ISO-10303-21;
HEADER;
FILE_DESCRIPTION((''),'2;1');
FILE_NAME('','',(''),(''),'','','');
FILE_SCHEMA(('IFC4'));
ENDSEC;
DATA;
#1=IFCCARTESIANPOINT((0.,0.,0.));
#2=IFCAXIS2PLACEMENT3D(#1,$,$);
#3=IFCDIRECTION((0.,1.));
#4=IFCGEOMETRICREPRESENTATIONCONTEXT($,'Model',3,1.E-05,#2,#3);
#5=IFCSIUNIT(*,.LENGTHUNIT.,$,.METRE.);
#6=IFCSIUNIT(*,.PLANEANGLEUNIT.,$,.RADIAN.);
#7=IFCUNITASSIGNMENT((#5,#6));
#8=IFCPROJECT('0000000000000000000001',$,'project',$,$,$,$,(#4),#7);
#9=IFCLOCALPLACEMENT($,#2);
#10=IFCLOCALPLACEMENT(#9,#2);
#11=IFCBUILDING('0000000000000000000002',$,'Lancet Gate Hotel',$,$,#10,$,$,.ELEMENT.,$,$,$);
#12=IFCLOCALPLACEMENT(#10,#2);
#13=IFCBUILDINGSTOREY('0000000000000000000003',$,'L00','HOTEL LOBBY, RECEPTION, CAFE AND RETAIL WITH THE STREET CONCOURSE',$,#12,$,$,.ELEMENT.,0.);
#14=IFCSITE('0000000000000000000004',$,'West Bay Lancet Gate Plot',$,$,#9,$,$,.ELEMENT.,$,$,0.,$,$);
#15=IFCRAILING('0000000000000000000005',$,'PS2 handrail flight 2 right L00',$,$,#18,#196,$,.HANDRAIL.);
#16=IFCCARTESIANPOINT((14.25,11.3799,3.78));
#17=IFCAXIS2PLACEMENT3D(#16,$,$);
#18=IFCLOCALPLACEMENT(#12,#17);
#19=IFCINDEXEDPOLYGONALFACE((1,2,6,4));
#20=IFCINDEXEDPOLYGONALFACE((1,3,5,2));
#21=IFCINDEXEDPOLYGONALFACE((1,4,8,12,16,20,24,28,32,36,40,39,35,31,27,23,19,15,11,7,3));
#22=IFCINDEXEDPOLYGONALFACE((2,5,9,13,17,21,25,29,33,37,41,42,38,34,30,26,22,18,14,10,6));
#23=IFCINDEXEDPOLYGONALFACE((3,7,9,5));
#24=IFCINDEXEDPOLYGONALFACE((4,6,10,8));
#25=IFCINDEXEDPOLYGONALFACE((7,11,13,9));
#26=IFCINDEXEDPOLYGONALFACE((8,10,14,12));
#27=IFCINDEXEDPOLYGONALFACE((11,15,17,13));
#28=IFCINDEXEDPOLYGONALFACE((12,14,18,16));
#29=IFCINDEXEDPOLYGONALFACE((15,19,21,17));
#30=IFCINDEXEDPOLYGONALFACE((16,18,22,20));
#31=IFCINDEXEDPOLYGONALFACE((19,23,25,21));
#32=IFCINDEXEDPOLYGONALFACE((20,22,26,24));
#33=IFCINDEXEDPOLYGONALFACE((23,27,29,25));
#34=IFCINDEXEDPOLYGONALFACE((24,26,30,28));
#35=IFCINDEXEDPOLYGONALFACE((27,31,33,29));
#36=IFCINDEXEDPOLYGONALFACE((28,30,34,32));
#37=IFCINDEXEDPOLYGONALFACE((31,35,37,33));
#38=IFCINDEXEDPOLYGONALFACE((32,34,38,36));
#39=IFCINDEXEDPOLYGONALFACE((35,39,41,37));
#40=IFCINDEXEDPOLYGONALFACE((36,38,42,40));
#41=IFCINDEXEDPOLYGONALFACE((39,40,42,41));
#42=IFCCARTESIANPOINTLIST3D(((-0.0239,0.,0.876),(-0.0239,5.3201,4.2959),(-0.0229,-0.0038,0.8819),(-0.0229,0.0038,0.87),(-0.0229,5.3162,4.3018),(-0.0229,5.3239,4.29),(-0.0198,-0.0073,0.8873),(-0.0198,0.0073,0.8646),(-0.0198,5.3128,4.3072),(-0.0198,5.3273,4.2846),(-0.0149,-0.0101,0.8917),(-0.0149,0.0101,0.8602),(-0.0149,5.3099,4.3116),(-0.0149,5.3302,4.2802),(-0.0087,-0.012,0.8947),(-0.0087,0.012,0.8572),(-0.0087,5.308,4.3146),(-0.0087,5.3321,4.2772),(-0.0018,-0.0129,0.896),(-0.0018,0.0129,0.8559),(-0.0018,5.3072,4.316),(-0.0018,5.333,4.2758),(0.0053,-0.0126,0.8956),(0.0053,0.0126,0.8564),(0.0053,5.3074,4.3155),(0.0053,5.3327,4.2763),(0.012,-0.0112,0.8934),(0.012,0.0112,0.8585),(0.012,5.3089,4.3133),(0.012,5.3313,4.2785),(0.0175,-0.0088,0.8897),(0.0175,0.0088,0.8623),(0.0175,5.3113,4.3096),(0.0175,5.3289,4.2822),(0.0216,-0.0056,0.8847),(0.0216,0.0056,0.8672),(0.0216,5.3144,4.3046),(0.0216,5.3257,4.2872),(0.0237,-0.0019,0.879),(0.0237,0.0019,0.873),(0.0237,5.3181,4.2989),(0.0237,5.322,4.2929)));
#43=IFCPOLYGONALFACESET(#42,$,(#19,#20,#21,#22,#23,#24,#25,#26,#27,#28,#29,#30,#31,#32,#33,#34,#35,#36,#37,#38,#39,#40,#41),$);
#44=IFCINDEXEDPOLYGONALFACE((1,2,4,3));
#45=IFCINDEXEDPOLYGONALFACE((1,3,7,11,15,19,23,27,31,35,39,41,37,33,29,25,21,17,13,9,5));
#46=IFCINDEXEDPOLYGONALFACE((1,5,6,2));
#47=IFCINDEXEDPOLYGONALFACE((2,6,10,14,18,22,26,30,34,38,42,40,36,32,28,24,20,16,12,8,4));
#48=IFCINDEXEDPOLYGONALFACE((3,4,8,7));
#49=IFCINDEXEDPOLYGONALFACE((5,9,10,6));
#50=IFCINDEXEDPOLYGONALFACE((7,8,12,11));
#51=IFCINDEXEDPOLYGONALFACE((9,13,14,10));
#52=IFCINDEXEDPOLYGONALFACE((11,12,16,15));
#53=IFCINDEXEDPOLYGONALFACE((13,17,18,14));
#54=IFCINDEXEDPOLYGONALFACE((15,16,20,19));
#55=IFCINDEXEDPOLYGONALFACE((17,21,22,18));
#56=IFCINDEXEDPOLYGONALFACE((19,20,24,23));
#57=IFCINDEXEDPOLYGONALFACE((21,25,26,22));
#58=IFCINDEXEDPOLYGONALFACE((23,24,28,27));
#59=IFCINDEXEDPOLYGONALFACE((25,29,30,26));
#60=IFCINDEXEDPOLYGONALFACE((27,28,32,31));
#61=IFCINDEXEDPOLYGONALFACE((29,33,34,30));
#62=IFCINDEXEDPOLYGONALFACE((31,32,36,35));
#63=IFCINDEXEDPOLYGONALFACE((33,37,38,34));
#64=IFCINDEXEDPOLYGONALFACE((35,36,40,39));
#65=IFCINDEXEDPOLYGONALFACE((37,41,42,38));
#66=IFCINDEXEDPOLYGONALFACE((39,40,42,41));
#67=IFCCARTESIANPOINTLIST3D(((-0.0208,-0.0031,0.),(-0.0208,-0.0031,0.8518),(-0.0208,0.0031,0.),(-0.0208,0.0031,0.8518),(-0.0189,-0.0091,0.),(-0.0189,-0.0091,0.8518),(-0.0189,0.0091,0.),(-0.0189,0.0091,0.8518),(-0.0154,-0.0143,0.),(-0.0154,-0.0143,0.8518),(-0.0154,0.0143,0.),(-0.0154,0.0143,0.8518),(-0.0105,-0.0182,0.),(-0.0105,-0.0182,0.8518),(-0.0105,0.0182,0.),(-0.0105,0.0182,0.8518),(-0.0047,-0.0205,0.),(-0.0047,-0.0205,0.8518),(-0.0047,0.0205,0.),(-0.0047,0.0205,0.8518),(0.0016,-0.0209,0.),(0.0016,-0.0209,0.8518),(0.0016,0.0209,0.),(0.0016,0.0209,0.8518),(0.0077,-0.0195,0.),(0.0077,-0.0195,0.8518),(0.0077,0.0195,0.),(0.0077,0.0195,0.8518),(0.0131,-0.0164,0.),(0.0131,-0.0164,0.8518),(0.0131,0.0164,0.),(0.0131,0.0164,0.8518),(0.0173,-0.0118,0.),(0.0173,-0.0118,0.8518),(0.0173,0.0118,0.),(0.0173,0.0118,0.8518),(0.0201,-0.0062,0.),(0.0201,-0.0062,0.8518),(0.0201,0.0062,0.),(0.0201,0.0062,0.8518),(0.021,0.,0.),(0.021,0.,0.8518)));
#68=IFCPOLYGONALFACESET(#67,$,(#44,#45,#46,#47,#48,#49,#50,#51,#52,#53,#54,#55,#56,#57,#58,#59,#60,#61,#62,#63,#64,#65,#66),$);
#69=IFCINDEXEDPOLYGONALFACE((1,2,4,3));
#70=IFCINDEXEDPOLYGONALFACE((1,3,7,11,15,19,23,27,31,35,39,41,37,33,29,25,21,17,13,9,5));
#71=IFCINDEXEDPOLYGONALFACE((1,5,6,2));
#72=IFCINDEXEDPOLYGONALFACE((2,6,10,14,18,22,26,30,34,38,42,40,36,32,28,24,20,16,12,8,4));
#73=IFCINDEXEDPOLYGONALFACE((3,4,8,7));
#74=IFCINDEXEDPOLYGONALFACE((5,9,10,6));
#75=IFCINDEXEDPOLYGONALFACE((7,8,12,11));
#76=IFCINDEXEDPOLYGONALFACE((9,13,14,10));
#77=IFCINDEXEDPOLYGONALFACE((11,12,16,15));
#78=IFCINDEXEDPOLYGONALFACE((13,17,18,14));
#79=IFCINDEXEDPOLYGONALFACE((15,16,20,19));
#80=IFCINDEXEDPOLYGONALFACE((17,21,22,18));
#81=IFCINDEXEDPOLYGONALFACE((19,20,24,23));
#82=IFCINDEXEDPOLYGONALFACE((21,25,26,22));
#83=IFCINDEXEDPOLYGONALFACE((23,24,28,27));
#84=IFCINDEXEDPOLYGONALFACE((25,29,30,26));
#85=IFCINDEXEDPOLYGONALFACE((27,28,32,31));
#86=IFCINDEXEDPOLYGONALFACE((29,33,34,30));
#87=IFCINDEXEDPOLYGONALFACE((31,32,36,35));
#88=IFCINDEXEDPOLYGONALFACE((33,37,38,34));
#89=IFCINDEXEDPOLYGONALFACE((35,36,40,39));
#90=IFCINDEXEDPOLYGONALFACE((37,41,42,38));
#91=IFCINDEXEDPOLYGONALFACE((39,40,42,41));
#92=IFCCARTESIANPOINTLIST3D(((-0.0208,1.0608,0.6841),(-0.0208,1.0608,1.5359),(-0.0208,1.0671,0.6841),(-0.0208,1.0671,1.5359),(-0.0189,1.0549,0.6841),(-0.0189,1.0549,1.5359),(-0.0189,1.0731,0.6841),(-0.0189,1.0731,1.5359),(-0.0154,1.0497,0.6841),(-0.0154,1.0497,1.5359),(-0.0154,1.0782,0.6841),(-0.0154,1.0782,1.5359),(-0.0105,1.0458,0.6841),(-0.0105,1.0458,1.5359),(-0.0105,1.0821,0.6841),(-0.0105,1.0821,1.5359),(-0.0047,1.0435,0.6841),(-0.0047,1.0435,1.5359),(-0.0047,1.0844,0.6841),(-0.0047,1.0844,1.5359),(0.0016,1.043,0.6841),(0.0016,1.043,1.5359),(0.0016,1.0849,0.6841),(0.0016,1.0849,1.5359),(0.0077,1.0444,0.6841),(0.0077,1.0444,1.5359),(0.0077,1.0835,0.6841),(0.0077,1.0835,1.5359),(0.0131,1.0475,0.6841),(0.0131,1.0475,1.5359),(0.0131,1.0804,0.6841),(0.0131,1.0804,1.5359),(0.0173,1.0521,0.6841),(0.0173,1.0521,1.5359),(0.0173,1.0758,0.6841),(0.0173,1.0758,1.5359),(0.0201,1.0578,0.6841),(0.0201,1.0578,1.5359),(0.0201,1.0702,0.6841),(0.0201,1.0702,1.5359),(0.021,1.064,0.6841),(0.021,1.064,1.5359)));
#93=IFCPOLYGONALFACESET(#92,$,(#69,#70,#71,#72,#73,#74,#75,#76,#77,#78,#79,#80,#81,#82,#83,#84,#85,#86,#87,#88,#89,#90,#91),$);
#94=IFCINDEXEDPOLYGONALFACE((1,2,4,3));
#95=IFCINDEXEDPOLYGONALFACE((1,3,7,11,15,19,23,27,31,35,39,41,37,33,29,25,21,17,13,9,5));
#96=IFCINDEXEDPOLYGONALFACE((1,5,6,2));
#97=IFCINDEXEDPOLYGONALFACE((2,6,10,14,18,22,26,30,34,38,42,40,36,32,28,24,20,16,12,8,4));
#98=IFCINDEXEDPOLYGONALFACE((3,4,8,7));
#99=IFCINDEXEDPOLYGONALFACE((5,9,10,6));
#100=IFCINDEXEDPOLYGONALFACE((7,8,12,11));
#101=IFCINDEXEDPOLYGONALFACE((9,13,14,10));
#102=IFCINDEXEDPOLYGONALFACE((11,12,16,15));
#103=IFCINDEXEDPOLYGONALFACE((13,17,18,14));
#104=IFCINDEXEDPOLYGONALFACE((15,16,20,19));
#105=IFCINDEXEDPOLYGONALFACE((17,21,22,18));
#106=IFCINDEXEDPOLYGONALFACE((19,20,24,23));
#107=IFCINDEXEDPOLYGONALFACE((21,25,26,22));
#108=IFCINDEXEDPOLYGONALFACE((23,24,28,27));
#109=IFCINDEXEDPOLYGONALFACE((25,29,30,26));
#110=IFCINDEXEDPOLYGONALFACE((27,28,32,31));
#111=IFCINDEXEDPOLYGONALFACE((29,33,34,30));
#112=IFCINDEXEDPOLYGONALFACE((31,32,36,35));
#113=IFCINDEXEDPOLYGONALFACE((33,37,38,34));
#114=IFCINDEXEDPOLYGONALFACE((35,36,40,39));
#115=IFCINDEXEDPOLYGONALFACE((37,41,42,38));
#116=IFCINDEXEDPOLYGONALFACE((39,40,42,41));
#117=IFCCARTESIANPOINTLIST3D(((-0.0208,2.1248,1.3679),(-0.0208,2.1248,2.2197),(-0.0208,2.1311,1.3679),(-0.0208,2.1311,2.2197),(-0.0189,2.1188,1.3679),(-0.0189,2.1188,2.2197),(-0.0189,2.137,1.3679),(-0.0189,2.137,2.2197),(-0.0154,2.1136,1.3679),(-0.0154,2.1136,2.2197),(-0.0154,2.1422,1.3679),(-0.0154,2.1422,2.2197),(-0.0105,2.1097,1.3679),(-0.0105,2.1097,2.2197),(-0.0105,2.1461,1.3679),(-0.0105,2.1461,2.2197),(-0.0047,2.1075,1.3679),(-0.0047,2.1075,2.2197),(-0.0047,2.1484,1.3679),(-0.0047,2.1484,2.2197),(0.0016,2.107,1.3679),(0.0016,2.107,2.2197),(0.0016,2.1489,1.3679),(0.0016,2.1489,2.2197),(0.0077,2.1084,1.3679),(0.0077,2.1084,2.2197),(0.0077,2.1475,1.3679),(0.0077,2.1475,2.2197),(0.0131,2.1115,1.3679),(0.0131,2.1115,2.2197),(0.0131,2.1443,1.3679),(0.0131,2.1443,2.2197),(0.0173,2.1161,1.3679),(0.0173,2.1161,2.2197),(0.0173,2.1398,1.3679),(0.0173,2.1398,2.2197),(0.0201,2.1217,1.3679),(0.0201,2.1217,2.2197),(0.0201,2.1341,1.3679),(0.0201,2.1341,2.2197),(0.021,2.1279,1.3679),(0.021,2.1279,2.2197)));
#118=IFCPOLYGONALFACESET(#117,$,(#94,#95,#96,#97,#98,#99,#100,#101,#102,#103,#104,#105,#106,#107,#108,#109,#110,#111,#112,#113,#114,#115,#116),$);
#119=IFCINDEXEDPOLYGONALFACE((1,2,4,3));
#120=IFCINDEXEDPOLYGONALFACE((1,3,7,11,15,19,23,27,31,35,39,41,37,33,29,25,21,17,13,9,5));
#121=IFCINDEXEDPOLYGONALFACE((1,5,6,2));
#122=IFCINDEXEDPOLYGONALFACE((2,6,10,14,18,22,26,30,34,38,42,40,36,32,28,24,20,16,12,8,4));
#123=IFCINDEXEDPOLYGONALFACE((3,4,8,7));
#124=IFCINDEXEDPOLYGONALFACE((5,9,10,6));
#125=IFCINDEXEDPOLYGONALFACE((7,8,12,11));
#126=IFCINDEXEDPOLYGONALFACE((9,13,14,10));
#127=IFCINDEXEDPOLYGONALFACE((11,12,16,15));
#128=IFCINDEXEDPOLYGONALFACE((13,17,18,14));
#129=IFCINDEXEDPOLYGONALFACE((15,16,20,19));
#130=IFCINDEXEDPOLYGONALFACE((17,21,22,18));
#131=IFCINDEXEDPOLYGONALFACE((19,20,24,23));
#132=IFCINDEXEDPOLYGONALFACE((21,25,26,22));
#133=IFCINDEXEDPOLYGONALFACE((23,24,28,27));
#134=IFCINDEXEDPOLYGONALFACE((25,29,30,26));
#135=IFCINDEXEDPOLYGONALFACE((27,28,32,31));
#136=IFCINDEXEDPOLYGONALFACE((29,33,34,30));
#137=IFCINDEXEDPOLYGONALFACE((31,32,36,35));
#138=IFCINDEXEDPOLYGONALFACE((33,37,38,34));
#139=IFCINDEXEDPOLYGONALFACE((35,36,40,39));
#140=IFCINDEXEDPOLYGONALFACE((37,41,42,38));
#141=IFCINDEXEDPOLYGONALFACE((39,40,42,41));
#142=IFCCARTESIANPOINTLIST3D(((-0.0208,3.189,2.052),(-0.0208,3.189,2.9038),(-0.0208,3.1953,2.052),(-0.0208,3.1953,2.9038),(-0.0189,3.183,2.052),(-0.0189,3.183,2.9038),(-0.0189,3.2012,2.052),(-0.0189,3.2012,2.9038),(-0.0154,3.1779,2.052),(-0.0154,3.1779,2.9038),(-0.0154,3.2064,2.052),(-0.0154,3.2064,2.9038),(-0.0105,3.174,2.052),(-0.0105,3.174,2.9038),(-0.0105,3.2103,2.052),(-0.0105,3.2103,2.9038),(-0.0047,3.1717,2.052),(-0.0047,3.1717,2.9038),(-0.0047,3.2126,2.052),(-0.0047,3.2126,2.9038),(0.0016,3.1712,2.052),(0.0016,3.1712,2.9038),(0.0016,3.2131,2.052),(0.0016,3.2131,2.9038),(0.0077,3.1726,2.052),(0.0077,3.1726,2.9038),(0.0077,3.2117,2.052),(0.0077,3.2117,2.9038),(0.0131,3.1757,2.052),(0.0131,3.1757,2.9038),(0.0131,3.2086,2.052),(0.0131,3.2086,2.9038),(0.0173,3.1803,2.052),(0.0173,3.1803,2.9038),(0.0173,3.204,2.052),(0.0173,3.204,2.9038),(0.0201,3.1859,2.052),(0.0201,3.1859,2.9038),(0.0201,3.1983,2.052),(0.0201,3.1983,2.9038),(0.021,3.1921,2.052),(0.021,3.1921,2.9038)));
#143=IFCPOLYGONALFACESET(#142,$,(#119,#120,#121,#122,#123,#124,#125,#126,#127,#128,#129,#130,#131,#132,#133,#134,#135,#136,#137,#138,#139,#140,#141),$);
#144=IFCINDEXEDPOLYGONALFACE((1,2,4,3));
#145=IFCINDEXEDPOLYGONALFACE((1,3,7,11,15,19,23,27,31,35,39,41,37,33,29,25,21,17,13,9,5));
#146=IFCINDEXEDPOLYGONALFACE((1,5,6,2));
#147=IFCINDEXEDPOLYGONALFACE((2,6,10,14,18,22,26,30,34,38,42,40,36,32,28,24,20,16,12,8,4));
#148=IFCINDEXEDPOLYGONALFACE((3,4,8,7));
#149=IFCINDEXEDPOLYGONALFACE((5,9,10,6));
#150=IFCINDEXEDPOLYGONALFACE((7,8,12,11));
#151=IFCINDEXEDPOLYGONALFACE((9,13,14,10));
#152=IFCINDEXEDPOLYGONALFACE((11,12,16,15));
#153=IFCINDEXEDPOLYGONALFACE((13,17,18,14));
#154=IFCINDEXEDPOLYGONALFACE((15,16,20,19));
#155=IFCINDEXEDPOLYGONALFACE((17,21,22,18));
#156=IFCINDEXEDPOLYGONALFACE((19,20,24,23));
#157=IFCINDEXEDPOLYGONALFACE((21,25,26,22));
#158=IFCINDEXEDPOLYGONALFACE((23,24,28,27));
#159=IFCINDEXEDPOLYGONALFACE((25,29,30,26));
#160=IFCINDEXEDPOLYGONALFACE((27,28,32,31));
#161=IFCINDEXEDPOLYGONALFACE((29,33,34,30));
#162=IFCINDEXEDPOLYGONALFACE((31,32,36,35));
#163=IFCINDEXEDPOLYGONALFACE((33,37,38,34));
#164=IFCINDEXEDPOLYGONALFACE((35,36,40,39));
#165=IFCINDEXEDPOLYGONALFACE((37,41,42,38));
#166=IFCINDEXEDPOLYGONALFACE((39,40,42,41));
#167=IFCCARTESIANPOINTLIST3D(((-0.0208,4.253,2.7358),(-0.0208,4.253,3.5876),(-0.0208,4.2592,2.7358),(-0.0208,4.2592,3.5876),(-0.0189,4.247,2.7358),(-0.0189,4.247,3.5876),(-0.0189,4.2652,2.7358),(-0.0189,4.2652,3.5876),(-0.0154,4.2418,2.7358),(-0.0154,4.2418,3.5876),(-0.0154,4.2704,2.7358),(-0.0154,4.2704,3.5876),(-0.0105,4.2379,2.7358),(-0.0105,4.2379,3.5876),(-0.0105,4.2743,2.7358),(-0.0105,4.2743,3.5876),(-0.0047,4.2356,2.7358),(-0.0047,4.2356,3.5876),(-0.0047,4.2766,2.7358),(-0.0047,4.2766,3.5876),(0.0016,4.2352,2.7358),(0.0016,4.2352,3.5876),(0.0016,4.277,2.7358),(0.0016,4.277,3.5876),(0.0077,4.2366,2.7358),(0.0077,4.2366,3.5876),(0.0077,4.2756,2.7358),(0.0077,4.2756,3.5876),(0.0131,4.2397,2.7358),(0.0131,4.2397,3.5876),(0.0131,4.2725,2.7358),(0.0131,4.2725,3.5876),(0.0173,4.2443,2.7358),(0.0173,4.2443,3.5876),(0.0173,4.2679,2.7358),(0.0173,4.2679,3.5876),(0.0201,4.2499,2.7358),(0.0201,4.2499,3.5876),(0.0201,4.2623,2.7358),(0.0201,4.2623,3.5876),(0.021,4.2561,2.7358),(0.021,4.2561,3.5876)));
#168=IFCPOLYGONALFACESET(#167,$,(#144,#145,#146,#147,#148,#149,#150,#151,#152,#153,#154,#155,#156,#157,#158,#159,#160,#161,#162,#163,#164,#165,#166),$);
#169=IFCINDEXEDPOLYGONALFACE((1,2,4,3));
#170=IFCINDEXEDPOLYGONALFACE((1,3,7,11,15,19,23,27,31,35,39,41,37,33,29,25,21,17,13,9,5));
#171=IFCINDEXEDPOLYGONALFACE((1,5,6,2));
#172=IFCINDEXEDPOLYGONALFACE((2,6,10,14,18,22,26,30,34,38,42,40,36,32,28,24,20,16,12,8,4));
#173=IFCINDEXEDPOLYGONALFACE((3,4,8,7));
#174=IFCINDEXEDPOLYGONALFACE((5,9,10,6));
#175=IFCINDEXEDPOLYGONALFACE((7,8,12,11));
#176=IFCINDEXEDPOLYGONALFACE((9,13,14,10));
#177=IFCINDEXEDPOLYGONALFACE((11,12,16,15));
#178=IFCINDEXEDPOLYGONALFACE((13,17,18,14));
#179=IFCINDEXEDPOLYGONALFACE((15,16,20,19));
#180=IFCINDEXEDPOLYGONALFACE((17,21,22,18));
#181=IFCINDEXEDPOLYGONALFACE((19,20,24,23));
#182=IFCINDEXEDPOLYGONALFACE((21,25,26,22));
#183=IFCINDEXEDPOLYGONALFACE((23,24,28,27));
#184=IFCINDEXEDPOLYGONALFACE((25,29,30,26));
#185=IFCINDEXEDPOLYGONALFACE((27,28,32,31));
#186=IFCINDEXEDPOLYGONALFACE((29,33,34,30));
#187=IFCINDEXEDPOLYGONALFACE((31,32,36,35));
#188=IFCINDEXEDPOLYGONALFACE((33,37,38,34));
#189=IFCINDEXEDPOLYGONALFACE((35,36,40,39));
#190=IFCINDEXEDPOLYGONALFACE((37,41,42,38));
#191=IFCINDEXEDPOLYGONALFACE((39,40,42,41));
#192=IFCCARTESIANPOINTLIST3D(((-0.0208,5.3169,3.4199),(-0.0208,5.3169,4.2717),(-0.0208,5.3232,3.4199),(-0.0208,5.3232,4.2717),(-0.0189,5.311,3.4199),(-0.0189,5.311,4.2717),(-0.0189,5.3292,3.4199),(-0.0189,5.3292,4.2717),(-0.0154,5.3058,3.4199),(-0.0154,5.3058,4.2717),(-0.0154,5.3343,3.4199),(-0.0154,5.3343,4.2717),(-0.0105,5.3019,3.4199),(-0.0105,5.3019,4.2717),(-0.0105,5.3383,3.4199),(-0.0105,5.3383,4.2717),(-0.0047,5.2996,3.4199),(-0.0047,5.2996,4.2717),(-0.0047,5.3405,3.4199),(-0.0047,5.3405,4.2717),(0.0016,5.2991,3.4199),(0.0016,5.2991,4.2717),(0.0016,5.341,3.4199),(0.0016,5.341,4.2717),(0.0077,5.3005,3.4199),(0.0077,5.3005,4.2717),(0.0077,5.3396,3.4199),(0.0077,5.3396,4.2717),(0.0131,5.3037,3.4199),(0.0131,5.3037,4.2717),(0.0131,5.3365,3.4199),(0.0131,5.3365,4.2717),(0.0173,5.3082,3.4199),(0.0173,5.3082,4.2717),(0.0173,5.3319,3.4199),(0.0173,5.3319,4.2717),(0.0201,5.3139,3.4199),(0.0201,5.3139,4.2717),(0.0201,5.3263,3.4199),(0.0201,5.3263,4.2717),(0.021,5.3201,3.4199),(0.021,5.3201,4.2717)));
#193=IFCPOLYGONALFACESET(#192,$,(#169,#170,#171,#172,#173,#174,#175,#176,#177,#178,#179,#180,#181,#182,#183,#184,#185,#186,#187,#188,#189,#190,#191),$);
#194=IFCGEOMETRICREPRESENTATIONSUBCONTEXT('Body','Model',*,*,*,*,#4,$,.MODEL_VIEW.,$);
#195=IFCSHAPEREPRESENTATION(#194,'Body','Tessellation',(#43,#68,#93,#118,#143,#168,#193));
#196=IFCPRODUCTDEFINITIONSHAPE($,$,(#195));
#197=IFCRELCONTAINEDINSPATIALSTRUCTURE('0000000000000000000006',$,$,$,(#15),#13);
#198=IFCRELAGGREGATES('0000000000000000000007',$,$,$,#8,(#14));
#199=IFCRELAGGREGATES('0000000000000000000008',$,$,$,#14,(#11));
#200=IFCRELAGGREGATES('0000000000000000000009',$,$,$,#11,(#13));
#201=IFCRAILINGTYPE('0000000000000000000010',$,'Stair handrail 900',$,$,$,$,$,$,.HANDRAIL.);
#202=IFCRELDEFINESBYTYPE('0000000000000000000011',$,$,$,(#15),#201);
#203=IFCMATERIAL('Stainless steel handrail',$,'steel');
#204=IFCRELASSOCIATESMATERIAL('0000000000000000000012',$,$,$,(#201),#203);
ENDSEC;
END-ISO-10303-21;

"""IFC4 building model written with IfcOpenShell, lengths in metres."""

from ifc_helpers import new_model, si_unit, direction, frame, origin, origin_2d, place, context, subcontext, project, spatial, circle, extrude, material, type_object, element, save


model = new_model("IFC4")

# Units and contexts
model_context = context("Model", 3, precision=1e-05, world=origin(), true_north=direction((0.0, 1.0)))
body_context = subcontext(model_context, "Body", "Model", "MODEL_VIEW")
ifc_project = project(units=[si_unit("LENGTHUNIT", "METRE"), si_unit("PLANEANGLEUNIT", "RADIAN")], contexts=[model_context])

# Site, building, storey
site_placement = place(None, origin())
site = spatial("IfcSite", under=ifc_project, at=site_placement, Name="West Bay Lancet Gate Plot", CompositionType="ELEMENT", RefElevation=0.0)
building_placement = place(site_placement, origin())
building = spatial("IfcBuilding", under=site, at=building_placement, Name="Lancet Gate Hotel", CompositionType="ELEMENT")
storey_placement = place(building_placement, origin())
storey = spatial("IfcBuildingStorey", under=building, at=storey_placement, Name="L00", Description="HOTEL LOBBY, RECEPTION, CAFE AND RETAIL WITH THE STREET CONCOURSE", CompositionType="ELEMENT", Elevation=0.0)

# Railing
ifc_material_1 = material(Name="Stainless steel handrail", Category="steel")
railing_type = type_object("IfcRailingType", Name="Stair handrail 900", PredefinedType="HANDRAIL", material=ifc_material_1)
railing_1_placement = place(storey_placement, frame((14.25, 11.3799, 3.78)))
element("IfcRailing", 1, at=railing_1_placement, inside=storey, type_object=railing_type, Name="PS2 handrail flight 2 right L00", PredefinedType="HANDRAIL", context=body_context, shape_type="SweptSolid", body=[
    extrude(circle(Radius=0.0239, at=origin_2d()), frame((0.0, 0.0, 0.876), z_axis=(0.0, 0.841187, 0.540744), x_axis=(-1.0, 0.0, 0.0)), (0.0, 0.0, 1.0), 6.3245),
    extrude(circle(Radius=0.021, at=origin_2d()), origin(), (0.0, 0.0, 1.0), 0.8518),
    extrude(circle(Radius=0.021, at=origin_2d()), frame((0.0, 1.064, 0.6841)), (0.0, 0.0, 1.0), 0.8518),
    extrude(circle(Radius=0.021, at=origin_2d()), frame((0.0, 2.1279, 1.3679)), (0.0, 0.0, 1.0), 0.8518),
    extrude(circle(Radius=0.021, at=origin_2d()), frame((0.0, 3.1921, 2.052)), (0.0, 0.0, 1.0), 0.8518),
    extrude(circle(Radius=0.021, at=origin_2d()), frame((0.0, 4.2561, 2.7358)), (0.0, 0.0, 1.0), 0.8518),
    extrude(circle(Radius=0.021, at=origin_2d()), frame((0.0, 5.3201, 3.4199)), (0.0, 0.0, 1.0), 0.8518),
])

save(model, "model.ifc")
